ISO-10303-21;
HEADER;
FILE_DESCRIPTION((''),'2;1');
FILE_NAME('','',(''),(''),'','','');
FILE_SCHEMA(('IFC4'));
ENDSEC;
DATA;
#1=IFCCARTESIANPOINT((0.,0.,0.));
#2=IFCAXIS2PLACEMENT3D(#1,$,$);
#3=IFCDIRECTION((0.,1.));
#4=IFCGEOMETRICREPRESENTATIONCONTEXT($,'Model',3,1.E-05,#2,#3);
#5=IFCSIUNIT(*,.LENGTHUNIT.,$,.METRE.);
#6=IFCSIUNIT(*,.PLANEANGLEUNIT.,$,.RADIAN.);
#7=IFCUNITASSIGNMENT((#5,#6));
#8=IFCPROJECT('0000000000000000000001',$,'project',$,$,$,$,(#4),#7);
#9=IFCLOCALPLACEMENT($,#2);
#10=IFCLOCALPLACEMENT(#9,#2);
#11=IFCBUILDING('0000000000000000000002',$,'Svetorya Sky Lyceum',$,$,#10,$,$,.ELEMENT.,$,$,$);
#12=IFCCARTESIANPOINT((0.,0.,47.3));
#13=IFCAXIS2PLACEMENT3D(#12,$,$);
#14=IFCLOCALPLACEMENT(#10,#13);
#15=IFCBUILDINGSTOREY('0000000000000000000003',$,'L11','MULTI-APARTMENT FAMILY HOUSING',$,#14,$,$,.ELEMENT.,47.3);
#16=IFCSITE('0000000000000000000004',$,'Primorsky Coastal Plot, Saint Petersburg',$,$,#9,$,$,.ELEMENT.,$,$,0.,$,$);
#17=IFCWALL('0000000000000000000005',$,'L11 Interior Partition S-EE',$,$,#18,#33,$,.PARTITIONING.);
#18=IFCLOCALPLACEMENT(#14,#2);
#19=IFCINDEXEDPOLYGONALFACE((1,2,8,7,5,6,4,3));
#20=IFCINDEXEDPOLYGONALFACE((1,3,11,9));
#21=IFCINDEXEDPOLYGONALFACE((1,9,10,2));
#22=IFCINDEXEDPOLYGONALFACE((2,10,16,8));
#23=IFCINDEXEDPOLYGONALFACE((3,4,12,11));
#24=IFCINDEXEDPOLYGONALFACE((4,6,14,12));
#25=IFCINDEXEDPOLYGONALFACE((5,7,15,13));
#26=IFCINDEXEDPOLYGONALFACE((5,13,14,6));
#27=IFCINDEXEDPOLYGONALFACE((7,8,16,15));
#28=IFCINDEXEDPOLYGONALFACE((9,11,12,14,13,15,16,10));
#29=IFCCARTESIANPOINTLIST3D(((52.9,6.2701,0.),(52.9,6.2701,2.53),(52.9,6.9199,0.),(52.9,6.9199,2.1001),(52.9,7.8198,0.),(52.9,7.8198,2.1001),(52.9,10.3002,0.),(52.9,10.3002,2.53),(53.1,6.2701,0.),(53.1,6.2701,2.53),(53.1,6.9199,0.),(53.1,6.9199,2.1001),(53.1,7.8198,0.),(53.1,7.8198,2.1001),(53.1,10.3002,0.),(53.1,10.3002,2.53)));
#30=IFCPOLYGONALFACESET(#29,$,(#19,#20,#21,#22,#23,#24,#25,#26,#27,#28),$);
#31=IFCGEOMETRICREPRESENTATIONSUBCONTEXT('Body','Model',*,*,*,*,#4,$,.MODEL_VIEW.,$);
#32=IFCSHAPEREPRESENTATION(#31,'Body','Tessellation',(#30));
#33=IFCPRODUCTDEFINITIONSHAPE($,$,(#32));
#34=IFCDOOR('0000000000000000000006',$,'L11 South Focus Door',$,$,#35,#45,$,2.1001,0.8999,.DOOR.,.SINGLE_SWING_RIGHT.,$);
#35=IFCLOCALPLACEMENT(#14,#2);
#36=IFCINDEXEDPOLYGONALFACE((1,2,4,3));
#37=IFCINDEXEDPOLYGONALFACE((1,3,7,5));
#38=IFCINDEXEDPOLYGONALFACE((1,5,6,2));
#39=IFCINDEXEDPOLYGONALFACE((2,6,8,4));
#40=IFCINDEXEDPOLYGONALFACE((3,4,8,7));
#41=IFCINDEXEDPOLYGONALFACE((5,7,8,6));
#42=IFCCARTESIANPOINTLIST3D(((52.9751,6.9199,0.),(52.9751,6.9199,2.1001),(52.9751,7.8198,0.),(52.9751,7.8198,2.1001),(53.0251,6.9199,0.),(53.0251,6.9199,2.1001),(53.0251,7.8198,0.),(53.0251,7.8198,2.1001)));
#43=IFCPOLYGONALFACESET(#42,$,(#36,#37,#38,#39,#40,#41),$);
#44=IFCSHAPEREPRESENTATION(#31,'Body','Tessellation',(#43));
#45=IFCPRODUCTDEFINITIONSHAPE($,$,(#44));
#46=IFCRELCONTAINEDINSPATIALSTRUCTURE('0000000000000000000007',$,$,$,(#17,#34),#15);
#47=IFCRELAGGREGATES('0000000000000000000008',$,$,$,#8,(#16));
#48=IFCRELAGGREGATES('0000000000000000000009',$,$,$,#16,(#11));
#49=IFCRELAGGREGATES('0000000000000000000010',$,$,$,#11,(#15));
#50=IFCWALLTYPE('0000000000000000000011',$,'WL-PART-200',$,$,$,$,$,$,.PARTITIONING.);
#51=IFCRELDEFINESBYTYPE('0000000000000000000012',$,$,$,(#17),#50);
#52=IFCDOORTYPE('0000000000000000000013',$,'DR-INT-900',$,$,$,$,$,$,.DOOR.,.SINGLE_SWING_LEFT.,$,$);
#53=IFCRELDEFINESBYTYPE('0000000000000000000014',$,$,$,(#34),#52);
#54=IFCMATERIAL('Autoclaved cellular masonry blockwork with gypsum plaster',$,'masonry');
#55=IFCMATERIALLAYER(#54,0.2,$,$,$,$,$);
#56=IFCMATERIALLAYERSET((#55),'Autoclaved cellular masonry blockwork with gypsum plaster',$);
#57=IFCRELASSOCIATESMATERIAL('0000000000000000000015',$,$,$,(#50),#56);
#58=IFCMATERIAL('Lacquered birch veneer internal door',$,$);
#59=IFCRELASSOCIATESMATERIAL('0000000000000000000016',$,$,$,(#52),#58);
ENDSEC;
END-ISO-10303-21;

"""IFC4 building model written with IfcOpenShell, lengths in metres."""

from ifc_helpers import new_model, si_unit, direction, frame, frame_2d, origin, place, context, subcontext, project, spatial, rectangle, extrude, material, layer, layer_set, type_object, element, fill, save


model = new_model("IFC4")

# Units and contexts
model_context = context("Model", 3, precision=1e-05, world=origin(), true_north=direction((0.0, 1.0)))
body_context = subcontext(model_context, "Body", "Model", "MODEL_VIEW")
ifc_project = project(units=[si_unit("LENGTHUNIT", "METRE"), si_unit("PLANEANGLEUNIT", "RADIAN")], contexts=[model_context])

# Site, building, storey
site_placement = place(None, origin())
site = spatial("IfcSite", under=ifc_project, at=site_placement, Name="Primorsky Coastal Plot, Saint Petersburg", CompositionType="ELEMENT", RefElevation=0.0)
building_placement = place(site_placement, origin())
building = spatial("IfcBuilding", under=site, at=building_placement, Name="Svetorya Sky Lyceum", CompositionType="ELEMENT")
storey_placement = place(building_placement, frame((0.0, 0.0, 47.3)))
storey = spatial("IfcBuildingStorey", under=building, at=storey_placement, Name="L11", Description="MULTI-APARTMENT FAMILY HOUSING", CompositionType="ELEMENT", Elevation=47.3)

# Shared definitions
ifc_material_1 = material(Name="Autoclaved cellular masonry blockwork with gypsum plaster", Category="masonry")
ifc_layer_1 = layer(ifc_material_1, 0.2)
ifc_layer_set_1 = layer_set([ifc_layer_1], Name="Autoclaved cellular masonry blockwork with gypsum plaster")
wall_type_1 = type_object("IfcWallType", Name="WL-PART-200", PredefinedType="PARTITIONING", material=ifc_layer_set_1)

# Wall, opening, door
wall_1_placement = place(storey_placement, frame((53.0, 6.27, 0.0), z_axis=(0.0, 0.0, 1.0), x_axis=(0.0, 1.0, 0.0)))
wall_1 = element("IfcWall", 1, at=wall_1_placement, inside=storey, type_object=wall_type_1, Name="L11 Interior Partition S-EE", PredefinedType="PARTITIONING", context=body_context, shape_type="SweptSolid", body=[
    extrude(rectangle(XDim=4.03, YDim=0.2, at=frame_2d((2.0151, 0.0))), origin(), (0.0, 0.0, 1.0), 2.53),
])
opening_1_placement = place(wall_1_placement, frame((0.6499, 0.0, 0.0)))
opening_1 = element("IfcOpeningElement", 2, at=opening_1_placement, cuts=wall_1, PredefinedType="OPENING", context=body_context, shape_type="SweptSolid", body=[
    extrude(rectangle(XDim=0.8999, YDim=2.1001, at=frame_2d((0.45, 1.05))), frame((0.0, 0.1099, 0.0), z_axis=(0.0, -1.0, 0.0), x_axis=(1.0, 0.0, 0.0)), (0.0, 0.0, 1.0), 0.22),
])
ifc_material_2 = material(Name="Lacquered birch veneer internal door")
door_type_1 = type_object("IfcDoorType", Name="DR-INT-900", OperationType="SINGLE_SWING_LEFT", PredefinedType="DOOR", material=ifc_material_2)
door_1_placement = place(opening_1_placement, origin())
door_1 = element("IfcDoor", 3, at=door_1_placement, inside=storey, type_object=door_type_1, Name="L11 South Focus Door", OperationType="SINGLE_SWING_RIGHT", OverallHeight=2.1001, OverallWidth=0.8999, PredefinedType="DOOR", context=body_context, shape_type="SweptSolid", body=[
    extrude(rectangle(XDim=0.8999, YDim=2.1001, at=frame_2d((0.45, 1.05))), frame((0.0, 0.0249, 0.0), z_axis=(0.0, -1.0, 0.0), x_axis=(1.0, 0.0, 0.0)), (0.0, 0.0, 1.0), 0.05),
])
fill(opening_1, door_1)

save(model, "model.ifc")
